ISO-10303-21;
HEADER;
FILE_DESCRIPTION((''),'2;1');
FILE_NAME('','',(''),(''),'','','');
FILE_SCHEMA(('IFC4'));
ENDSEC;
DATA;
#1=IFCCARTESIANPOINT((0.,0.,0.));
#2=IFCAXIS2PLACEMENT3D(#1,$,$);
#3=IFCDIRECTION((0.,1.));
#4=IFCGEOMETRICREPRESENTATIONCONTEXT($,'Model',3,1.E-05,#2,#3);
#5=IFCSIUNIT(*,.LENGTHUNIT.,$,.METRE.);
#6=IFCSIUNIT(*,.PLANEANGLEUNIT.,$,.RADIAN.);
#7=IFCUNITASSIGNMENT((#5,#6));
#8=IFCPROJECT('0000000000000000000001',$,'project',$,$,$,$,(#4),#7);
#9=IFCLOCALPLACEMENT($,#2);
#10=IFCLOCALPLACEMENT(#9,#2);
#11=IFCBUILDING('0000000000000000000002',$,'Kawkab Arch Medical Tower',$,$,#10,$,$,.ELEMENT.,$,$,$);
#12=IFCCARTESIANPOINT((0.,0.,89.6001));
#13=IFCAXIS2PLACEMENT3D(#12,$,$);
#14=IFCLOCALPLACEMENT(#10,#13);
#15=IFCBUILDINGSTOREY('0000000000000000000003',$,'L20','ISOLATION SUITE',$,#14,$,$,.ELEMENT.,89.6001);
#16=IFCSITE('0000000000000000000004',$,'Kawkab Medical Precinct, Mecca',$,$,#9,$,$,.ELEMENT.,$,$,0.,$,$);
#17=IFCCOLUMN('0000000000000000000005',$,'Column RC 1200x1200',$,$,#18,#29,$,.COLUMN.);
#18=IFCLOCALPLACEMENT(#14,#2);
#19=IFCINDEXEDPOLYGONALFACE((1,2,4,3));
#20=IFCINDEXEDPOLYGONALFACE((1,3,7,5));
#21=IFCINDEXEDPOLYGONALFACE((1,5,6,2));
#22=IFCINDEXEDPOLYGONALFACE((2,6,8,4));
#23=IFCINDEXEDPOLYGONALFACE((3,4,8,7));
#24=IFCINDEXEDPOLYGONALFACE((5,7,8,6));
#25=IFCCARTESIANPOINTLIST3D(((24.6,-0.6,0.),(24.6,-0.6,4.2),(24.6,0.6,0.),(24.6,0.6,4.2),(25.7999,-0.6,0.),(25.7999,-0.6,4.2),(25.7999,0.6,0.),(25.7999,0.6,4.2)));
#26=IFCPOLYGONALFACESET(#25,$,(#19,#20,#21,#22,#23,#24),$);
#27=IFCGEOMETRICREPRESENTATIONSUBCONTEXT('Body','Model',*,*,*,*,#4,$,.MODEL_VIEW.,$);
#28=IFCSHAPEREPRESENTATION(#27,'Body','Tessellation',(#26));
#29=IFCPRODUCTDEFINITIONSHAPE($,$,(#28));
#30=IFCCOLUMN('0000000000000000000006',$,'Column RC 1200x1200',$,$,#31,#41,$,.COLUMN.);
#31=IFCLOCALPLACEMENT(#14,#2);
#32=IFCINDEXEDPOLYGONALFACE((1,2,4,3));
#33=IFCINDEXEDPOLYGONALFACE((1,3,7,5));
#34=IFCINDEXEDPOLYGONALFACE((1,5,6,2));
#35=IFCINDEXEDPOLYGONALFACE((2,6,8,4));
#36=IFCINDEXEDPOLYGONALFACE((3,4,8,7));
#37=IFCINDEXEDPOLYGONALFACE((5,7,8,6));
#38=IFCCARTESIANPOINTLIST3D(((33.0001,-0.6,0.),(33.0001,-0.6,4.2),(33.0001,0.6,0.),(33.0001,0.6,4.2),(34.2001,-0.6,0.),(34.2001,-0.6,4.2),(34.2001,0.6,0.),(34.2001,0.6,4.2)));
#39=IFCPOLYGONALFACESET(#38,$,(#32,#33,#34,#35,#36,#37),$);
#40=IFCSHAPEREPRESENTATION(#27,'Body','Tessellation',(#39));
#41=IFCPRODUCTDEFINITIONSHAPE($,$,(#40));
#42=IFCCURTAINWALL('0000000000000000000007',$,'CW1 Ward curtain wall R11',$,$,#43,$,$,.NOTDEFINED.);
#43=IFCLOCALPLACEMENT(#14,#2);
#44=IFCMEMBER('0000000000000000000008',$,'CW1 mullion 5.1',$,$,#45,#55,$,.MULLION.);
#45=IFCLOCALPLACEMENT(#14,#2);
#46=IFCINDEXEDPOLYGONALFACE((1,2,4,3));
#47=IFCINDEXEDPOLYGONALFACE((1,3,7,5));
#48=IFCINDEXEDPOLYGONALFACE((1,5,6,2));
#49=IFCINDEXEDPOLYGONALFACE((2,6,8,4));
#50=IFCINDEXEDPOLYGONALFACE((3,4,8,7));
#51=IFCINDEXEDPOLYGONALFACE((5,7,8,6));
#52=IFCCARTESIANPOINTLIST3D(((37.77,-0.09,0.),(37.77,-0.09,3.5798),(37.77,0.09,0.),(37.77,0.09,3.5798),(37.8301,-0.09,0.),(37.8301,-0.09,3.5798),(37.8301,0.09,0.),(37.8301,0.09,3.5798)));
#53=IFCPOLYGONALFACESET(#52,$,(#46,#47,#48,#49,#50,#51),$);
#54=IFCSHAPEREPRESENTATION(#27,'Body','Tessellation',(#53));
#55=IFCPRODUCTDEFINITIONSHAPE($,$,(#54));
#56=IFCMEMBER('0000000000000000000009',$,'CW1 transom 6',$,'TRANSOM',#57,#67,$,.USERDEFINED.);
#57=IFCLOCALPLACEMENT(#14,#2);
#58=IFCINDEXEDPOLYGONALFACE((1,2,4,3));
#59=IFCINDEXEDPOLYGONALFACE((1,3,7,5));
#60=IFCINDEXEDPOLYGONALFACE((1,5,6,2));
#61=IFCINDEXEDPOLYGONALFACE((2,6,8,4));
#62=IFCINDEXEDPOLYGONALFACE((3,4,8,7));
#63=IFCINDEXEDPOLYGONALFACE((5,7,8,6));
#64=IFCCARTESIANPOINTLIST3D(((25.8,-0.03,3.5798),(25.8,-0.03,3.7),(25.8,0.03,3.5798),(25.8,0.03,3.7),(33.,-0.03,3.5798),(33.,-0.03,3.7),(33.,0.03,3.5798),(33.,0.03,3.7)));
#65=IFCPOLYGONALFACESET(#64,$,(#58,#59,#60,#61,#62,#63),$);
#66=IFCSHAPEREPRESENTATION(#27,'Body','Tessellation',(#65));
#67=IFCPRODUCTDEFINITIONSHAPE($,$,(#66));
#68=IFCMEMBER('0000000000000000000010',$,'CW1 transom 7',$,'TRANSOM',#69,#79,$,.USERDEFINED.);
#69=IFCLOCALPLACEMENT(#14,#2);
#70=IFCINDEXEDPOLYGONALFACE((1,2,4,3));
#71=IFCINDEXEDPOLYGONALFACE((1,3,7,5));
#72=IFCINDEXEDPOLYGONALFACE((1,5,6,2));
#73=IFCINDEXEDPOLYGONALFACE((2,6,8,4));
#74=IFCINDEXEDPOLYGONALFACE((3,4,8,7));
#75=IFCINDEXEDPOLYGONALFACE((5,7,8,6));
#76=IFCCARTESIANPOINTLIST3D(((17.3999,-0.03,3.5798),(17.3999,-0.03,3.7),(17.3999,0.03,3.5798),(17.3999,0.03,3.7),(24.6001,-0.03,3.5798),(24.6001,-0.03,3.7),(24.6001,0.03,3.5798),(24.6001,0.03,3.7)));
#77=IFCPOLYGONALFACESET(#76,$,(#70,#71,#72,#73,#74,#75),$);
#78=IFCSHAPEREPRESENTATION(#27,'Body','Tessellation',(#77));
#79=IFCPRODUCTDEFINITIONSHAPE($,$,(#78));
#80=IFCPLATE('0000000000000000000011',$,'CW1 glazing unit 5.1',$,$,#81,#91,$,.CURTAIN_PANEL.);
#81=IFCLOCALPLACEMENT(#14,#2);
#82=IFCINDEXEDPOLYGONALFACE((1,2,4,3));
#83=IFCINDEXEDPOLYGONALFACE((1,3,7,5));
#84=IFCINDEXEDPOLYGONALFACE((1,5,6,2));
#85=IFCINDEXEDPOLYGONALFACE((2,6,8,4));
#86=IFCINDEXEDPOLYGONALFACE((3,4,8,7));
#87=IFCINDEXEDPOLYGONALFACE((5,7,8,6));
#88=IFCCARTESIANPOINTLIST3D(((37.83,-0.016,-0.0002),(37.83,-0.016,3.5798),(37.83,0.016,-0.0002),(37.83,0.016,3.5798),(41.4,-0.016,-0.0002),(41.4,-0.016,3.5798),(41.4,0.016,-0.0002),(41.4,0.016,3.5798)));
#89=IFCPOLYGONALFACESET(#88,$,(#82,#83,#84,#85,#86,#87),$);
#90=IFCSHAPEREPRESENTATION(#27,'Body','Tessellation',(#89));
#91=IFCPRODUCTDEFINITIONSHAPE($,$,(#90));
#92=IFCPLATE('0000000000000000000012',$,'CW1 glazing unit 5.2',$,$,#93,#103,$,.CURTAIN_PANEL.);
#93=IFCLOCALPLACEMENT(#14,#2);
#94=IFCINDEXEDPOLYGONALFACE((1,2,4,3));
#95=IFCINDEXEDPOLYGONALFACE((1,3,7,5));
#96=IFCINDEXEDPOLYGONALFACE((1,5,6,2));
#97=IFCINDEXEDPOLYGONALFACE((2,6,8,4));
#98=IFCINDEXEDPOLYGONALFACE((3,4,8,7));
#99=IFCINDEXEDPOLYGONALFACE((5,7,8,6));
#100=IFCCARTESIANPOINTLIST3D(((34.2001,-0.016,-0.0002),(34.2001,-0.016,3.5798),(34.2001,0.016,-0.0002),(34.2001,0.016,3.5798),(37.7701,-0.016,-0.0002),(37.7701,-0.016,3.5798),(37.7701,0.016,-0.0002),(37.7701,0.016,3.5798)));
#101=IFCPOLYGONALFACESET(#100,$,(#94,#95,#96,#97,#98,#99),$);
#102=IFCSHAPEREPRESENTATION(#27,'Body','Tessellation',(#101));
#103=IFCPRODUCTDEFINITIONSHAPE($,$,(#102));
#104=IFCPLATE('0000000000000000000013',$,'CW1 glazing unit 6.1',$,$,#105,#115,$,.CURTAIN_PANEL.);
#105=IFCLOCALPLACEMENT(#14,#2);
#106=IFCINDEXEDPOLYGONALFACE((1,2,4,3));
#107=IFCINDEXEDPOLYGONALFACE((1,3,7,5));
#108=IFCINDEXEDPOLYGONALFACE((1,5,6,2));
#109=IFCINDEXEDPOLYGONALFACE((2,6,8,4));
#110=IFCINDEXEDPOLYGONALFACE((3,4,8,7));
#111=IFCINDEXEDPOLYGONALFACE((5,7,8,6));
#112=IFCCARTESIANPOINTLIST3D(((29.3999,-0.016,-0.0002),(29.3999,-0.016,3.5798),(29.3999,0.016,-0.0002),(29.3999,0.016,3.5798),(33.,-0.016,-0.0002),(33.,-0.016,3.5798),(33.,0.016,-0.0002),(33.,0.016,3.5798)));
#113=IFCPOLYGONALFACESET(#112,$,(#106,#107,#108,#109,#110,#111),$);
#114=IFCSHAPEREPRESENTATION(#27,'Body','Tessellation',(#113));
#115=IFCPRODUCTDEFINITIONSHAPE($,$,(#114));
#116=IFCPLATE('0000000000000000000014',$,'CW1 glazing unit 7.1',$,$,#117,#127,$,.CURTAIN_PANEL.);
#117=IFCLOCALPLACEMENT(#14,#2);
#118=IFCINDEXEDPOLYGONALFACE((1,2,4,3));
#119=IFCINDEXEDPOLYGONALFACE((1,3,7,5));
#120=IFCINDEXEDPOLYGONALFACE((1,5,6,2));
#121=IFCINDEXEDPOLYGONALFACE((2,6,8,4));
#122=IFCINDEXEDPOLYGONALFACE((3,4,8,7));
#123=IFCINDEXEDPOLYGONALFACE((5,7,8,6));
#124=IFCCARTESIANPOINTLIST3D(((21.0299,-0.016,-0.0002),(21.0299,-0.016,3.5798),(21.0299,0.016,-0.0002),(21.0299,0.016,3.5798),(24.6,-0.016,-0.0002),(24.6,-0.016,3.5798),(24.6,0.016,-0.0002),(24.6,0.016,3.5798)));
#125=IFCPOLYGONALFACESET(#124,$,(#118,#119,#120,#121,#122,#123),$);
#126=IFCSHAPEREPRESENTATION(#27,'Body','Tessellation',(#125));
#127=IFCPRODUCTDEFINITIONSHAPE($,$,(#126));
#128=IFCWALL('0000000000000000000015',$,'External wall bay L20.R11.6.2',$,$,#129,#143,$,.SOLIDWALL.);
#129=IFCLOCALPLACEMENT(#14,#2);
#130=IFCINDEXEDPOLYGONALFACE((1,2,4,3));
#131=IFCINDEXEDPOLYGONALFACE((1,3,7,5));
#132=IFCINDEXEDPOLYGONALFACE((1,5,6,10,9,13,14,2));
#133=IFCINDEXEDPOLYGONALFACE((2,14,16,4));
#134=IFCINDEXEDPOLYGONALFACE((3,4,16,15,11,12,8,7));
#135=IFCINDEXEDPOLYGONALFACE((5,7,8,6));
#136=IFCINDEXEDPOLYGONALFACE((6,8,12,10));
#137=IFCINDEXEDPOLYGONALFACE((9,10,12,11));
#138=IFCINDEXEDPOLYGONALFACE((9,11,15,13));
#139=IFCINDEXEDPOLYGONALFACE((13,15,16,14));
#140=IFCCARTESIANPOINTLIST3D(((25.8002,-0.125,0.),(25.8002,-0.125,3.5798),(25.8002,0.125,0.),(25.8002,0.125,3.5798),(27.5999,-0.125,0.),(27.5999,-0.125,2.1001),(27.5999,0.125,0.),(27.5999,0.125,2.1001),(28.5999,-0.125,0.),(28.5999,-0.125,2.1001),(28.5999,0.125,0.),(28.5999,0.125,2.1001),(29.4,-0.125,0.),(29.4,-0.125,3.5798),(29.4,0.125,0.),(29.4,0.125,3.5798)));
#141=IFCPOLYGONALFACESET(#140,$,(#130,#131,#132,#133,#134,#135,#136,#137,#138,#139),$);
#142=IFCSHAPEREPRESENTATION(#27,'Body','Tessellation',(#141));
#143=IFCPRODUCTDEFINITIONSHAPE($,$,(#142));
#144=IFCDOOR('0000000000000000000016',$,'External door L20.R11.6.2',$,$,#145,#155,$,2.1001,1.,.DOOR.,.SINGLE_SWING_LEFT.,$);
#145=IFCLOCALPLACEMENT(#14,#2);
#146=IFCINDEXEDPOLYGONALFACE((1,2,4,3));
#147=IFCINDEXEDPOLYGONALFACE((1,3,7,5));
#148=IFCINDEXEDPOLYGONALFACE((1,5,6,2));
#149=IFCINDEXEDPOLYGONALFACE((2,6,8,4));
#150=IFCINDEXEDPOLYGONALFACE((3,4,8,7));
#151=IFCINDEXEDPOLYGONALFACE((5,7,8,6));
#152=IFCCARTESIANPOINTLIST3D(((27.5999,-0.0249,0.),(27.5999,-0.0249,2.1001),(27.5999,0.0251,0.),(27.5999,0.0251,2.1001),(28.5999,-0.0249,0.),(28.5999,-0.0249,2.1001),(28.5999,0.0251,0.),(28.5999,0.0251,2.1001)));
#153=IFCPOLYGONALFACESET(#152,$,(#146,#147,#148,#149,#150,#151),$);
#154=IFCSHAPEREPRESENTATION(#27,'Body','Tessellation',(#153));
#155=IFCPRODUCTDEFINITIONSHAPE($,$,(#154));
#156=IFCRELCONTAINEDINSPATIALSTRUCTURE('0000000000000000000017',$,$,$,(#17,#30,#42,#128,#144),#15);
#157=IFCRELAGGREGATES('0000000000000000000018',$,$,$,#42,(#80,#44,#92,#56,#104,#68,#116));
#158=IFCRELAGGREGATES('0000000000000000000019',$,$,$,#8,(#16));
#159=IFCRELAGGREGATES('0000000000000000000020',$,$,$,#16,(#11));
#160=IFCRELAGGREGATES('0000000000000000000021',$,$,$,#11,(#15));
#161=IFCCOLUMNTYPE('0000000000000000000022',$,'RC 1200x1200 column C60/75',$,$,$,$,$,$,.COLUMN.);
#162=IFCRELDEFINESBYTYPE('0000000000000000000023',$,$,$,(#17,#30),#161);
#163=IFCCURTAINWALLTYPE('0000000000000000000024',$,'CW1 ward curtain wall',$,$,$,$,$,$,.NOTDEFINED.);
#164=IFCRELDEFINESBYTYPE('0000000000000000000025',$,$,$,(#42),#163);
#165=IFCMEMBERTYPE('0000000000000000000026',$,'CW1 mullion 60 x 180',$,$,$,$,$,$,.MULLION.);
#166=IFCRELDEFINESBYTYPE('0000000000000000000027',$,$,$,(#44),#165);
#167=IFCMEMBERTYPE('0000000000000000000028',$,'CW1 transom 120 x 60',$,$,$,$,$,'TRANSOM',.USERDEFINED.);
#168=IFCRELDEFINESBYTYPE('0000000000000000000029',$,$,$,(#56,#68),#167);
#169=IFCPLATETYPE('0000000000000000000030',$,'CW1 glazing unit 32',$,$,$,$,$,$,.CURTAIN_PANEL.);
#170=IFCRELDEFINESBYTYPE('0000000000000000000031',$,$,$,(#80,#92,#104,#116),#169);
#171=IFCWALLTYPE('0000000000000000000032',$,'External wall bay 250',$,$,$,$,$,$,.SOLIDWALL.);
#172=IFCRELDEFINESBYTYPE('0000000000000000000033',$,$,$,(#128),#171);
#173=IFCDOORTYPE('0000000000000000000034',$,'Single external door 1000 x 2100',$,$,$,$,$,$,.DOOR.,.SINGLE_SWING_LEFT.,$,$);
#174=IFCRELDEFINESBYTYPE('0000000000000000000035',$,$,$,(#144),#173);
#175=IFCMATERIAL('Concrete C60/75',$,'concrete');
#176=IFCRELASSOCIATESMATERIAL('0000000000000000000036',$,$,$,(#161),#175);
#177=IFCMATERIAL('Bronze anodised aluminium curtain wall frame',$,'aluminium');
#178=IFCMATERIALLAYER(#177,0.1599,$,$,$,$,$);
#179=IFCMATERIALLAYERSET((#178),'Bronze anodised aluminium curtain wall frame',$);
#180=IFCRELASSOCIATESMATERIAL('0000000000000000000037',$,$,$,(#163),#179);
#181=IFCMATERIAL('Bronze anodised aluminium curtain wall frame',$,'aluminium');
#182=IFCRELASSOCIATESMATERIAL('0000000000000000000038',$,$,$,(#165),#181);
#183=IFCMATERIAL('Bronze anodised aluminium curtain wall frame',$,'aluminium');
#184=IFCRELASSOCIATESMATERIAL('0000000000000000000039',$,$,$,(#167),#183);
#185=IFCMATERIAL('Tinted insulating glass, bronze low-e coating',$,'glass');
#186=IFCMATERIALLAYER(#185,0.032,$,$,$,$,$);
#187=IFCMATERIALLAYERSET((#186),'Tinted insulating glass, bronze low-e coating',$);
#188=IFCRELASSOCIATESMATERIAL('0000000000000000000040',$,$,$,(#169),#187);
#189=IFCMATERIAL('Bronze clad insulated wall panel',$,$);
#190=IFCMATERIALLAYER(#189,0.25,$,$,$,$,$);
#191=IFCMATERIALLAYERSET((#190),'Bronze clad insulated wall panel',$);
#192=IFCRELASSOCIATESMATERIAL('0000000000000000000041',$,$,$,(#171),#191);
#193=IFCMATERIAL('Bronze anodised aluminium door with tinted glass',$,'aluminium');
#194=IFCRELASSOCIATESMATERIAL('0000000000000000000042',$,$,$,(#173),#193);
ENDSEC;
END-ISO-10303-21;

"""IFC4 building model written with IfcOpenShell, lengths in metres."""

from ifc_helpers import new_model, si_unit, direction, frame, frame_2d, origin, origin_2d, place, context, subcontext, project, spatial, rectangle, extrude, material, layer, layer_set, material_profile, profile_set, type_object, element, fill, aggregate, save


model = new_model("IFC4")

# Units and contexts
model_context = context("Model", 3, precision=1e-05, world=origin(), true_north=direction((0.0, 1.0)))
body_context = subcontext(model_context, "Body", "Model", "MODEL_VIEW")
ifc_project = project(units=[si_unit("LENGTHUNIT", "METRE"), si_unit("PLANEANGLEUNIT", "RADIAN")], contexts=[model_context])

# Site, building, storey
site_placement = place(None, origin())
site = spatial("IfcSite", under=ifc_project, at=site_placement, Name="Kawkab Medical Precinct, Mecca", CompositionType="ELEMENT", RefElevation=0.0)
building_placement = place(site_placement, origin())
building = spatial("IfcBuilding", under=site, at=building_placement, Name="Kawkab Arch Medical Tower", CompositionType="ELEMENT")
storey_placement = place(building_placement, frame((0.0, 0.0, 89.6001)))
storey = spatial("IfcBuildingStorey", under=building, at=storey_placement, Name="L20", Description="ISOLATION SUITE", CompositionType="ELEMENT", Elevation=89.6001)

# Columns
ifc_material_1 = material(Name="Concrete C60/75", Category="concrete")
ifc_material_profile_1 = material_profile(ifc_material_1, rectangle(XDim=1.2, YDim=1.2, at=origin_2d()), Name="RC 1200x1200")
ifc_profile_set_1 = profile_set([ifc_material_profile_1], Name="Concrete C60/75")
column_type = type_object("IfcColumnType", Name="RC 1200x1200 column C60/75", PredefinedType="COLUMN", material=ifc_profile_set_1)
for number, where, z_axis, x_axis, name in (
    (1, (25.2, 0.0, 0.0), (0.0, 0.0, 1.0), (1.0, 0.0, 0.0), "Column RC 1200x1200"),
    (2, (33.6001, 0.0, 0.0), (0.0, 0.0, 1.0), (1.0, 0.0, 0.0), "Column RC 1200x1200"),
):
    element("IfcColumn", number, at=place(storey_placement, frame(where, z_axis=z_axis, x_axis=x_axis)), inside=storey, type_object=column_type, Name=name, PredefinedType="COLUMN", context=body_context, shape_type="SweptSolid", body=[
        extrude(rectangle(XDim=1.2, YDim=1.2, at=origin_2d()), origin(), (0.0, 0.0, 1.0), 4.2),
    ])

# Curtain wall, members, plates
ifc_material_2 = material(Name="Bronze anodised aluminium curtain wall frame", Category="aluminium")
ifc_layer_1 = layer(ifc_material_2, 0.1599)
ifc_layer_set_1 = layer_set([ifc_layer_1], Name="Bronze anodised aluminium curtain wall frame")
curtain_wall_type = type_object("IfcCurtainWallType", Name="CW1 ward curtain wall", PredefinedType="NOTDEFINED", material=ifc_layer_set_1)
placement = place(storey_placement, origin())
curtain_wall = element("IfcCurtainWall", 3, at=placement, inside=storey, type_object=curtain_wall_type, Name="CW1 Ward curtain wall R11", PredefinedType="NOTDEFINED")
ifc_material_3 = material(Name="Bronze anodised aluminium curtain wall frame", Category="aluminium")
ifc_material_profile_2 = material_profile(ifc_material_3, rectangle(XDim=0.1799, YDim=0.0601, at=origin_2d()), Name="AL 60x180")
ifc_profile_set_2 = profile_set([ifc_material_profile_2], Name="Bronze anodised aluminium curtain wall frame")
member_type_1 = type_object("IfcMemberType", Name="CW1 mullion 60 x 180", PredefinedType="MULLION", material=ifc_profile_set_2)
member_1_placement = place(storey_placement, frame((37.8, 0.0, 0.0), z_axis=(0.0, 0.0, 1.0), x_axis=(0.0, -1.0, 0.0)))
member_1 = element("IfcMember", 4, at=member_1_placement, type_object=member_type_1, Name="CW1 mullion 5.1", PredefinedType="MULLION", context=body_context, shape_type="SweptSolid", body=[
    extrude(rectangle(XDim=0.1799, YDim=0.0601, at=origin_2d()), origin(), (0.0, 0.0, 1.0), 3.5798),
])
ifc_material_4 = material(Name="Bronze anodised aluminium curtain wall frame", Category="aluminium")
ifc_material_profile_3 = material_profile(ifc_material_4, rectangle(XDim=0.0601, YDim=0.1201, at=origin_2d()), Name="AL 60x120")
ifc_profile_set_3 = profile_set([ifc_material_profile_3], Name="Bronze anodised aluminium curtain wall frame")
member_type_2 = type_object("IfcMemberType", Name="CW1 transom 120 x 60", ElementType="TRANSOM", PredefinedType="USERDEFINED", material=ifc_profile_set_3)
member_2_placement = place(storey_placement, frame((33.0, 0.0, 3.6399), z_axis=(-1.0, 0.0, 0.0), x_axis=(0.0, -1.0, 0.0)))
member_2 = element("IfcMember", 5, at=member_2_placement, type_object=member_type_2, Name="CW1 transom 6", ObjectType="TRANSOM", PredefinedType="USERDEFINED", context=body_context, shape_type="SweptSolid", body=[
    extrude(rectangle(XDim=0.0601, YDim=0.1201, at=origin_2d()), origin(), (0.0, 0.0, 1.0), 7.2),
])
member_3_placement = place(storey_placement, frame((24.6001, 0.0, 3.6399), z_axis=(-1.0, 0.0, 0.0), x_axis=(0.0, -1.0, 0.0)))
member_3 = element("IfcMember", 6, at=member_3_placement, type_object=member_type_2, Name="CW1 transom 7", ObjectType="TRANSOM", PredefinedType="USERDEFINED", context=body_context, shape_type="SweptSolid", body=[
    extrude(rectangle(XDim=0.0601, YDim=0.1201, at=origin_2d()), origin(), (0.0, 0.0, 1.0), 7.2002),
])
ifc_material_5 = material(Name="Tinted insulating glass, bronze low-e coating", Category="glass")
ifc_layer_2 = layer(ifc_material_5, 0.032)
ifc_layer_set_2 = layer_set([ifc_layer_2], Name="Tinted insulating glass, bronze low-e coating")
plate_type = type_object("IfcPlateType", Name="CW1 glazing unit 32", PredefinedType="CURTAIN_PANEL", material=ifc_layer_set_2)
plate_1_placement = place(storey_placement, frame((39.615, 0.0, -0.0002), z_axis=(0.0, 0.0, 1.0), x_axis=(-1.0, 0.0, 0.0)))
plate_1 = element("IfcPlate", 7, at=plate_1_placement, type_object=plate_type, Name="CW1 glazing unit 5.1", PredefinedType="CURTAIN_PANEL", context=body_context, shape_type="SweptSolid", body=[
    extrude(rectangle(XDim=3.5701, YDim=0.032, at=origin_2d()), origin(), (0.0, 0.0, 1.0), 3.5801),
])
plate_2_placement = place(storey_placement, frame((35.9851, 0.0, -0.0002), z_axis=(0.0, 0.0, 1.0), x_axis=(-1.0, 0.0, 0.0)))
plate_2 = element("IfcPlate", 8, at=plate_2_placement, type_object=plate_type, Name="CW1 glazing unit 5.2", PredefinedType="CURTAIN_PANEL", context=body_context, shape_type="SweptSolid", body=[
    extrude(rectangle(XDim=3.5701, YDim=0.032, at=origin_2d()), origin(), (0.0, 0.0, 1.0), 3.5801),
])
plate_3_placement = place(storey_placement, frame((31.2, 0.0, -0.0002), z_axis=(0.0, 0.0, 1.0), x_axis=(-1.0, 0.0, 0.0)))
plate_3 = element("IfcPlate", 9, at=plate_3_placement, type_object=plate_type, Name="CW1 glazing unit 6.1", PredefinedType="CURTAIN_PANEL", context=body_context, shape_type="SweptSolid", body=[
    extrude(rectangle(XDim=3.6001, YDim=0.032, at=origin_2d()), origin(), (0.0, 0.0, 1.0), 3.5801),
])
plate_4_placement = place(storey_placement, frame((22.8149, 0.0, -0.0002), z_axis=(0.0, 0.0, 1.0), x_axis=(-1.0, 0.0, 0.0)))
plate_4 = element("IfcPlate", 10, at=plate_4_placement, type_object=plate_type, Name="CW1 glazing unit 7.1", PredefinedType="CURTAIN_PANEL", context=body_context, shape_type="SweptSolid", body=[
    extrude(rectangle(XDim=3.5701, YDim=0.032, at=origin_2d()), origin(), (0.0, 0.0, 1.0), 3.5801),
])
aggregate(curtain_wall, [plate_1, member_1, plate_2, member_2, plate_3, member_3, plate_4])

# Wall, opening, door
ifc_material_6 = material(Name="Bronze clad insulated wall panel")
ifc_layer_3 = layer(ifc_material_6, 0.25)
ifc_layer_set_3 = layer_set([ifc_layer_3], Name="Bronze clad insulated wall panel")
wall_type = type_object("IfcWallType", Name="External wall bay 250", PredefinedType="SOLIDWALL", material=ifc_layer_set_3)
wall_placement = place(storey_placement, frame((29.3999, 0.0, 0.0), z_axis=(0.0, 0.0, 1.0), x_axis=(-1.0, 0.0, 0.0)))
wall = element("IfcWall", 11, at=wall_placement, inside=storey, type_object=wall_type, Name="External wall bay L20.R11.6.2", PredefinedType="SOLIDWALL", context=body_context, shape_type="SweptSolid", body=[
    extrude(rectangle(XDim=3.5999, YDim=0.25, at=frame_2d((1.7998, 0.0))), origin(), (0.0, 0.0, 1.0), 3.5798),
])
opening_placement = place(wall_placement, frame((0.8, 0.0, 0.0)))
opening = element("IfcOpeningElement", 12, at=opening_placement, cuts=wall, PredefinedType="OPENING", context=body_context, shape_type="SweptSolid", body=[
    extrude(rectangle(XDim=1.0, YDim=2.1001, at=frame_2d((0.5, 1.05))), frame((0.0, 0.135, 0.0), z_axis=(0.0, -1.0, 0.0), x_axis=(1.0, 0.0, 0.0)), (0.0, 0.0, 1.0), 0.27),
])
ifc_material_7 = material(Name="Bronze anodised aluminium door with tinted glass", Category="aluminium")
door_type = type_object("IfcDoorType", Name="Single external door 1000 x 2100", OperationType="SINGLE_SWING_LEFT", PredefinedType="DOOR", material=ifc_material_7)
door_placement = place(opening_placement, origin())
door = element("IfcDoor", 13, at=door_placement, inside=storey, type_object=door_type, Name="External door L20.R11.6.2", OperationType="SINGLE_SWING_LEFT", OverallHeight=2.1001, OverallWidth=1.0, PredefinedType="DOOR", context=body_context, shape_type="SweptSolid", body=[
    extrude(rectangle(XDim=1.0, YDim=2.1001, at=frame_2d((0.5, 1.05))), frame((0.0, 0.0249, 0.0), z_axis=(0.0, -1.0, 0.0), x_axis=(1.0, 0.0, 0.0)), (0.0, 0.0, 1.0), 0.05),
])
fill(opening, door)

save(model, "model.ifc")
